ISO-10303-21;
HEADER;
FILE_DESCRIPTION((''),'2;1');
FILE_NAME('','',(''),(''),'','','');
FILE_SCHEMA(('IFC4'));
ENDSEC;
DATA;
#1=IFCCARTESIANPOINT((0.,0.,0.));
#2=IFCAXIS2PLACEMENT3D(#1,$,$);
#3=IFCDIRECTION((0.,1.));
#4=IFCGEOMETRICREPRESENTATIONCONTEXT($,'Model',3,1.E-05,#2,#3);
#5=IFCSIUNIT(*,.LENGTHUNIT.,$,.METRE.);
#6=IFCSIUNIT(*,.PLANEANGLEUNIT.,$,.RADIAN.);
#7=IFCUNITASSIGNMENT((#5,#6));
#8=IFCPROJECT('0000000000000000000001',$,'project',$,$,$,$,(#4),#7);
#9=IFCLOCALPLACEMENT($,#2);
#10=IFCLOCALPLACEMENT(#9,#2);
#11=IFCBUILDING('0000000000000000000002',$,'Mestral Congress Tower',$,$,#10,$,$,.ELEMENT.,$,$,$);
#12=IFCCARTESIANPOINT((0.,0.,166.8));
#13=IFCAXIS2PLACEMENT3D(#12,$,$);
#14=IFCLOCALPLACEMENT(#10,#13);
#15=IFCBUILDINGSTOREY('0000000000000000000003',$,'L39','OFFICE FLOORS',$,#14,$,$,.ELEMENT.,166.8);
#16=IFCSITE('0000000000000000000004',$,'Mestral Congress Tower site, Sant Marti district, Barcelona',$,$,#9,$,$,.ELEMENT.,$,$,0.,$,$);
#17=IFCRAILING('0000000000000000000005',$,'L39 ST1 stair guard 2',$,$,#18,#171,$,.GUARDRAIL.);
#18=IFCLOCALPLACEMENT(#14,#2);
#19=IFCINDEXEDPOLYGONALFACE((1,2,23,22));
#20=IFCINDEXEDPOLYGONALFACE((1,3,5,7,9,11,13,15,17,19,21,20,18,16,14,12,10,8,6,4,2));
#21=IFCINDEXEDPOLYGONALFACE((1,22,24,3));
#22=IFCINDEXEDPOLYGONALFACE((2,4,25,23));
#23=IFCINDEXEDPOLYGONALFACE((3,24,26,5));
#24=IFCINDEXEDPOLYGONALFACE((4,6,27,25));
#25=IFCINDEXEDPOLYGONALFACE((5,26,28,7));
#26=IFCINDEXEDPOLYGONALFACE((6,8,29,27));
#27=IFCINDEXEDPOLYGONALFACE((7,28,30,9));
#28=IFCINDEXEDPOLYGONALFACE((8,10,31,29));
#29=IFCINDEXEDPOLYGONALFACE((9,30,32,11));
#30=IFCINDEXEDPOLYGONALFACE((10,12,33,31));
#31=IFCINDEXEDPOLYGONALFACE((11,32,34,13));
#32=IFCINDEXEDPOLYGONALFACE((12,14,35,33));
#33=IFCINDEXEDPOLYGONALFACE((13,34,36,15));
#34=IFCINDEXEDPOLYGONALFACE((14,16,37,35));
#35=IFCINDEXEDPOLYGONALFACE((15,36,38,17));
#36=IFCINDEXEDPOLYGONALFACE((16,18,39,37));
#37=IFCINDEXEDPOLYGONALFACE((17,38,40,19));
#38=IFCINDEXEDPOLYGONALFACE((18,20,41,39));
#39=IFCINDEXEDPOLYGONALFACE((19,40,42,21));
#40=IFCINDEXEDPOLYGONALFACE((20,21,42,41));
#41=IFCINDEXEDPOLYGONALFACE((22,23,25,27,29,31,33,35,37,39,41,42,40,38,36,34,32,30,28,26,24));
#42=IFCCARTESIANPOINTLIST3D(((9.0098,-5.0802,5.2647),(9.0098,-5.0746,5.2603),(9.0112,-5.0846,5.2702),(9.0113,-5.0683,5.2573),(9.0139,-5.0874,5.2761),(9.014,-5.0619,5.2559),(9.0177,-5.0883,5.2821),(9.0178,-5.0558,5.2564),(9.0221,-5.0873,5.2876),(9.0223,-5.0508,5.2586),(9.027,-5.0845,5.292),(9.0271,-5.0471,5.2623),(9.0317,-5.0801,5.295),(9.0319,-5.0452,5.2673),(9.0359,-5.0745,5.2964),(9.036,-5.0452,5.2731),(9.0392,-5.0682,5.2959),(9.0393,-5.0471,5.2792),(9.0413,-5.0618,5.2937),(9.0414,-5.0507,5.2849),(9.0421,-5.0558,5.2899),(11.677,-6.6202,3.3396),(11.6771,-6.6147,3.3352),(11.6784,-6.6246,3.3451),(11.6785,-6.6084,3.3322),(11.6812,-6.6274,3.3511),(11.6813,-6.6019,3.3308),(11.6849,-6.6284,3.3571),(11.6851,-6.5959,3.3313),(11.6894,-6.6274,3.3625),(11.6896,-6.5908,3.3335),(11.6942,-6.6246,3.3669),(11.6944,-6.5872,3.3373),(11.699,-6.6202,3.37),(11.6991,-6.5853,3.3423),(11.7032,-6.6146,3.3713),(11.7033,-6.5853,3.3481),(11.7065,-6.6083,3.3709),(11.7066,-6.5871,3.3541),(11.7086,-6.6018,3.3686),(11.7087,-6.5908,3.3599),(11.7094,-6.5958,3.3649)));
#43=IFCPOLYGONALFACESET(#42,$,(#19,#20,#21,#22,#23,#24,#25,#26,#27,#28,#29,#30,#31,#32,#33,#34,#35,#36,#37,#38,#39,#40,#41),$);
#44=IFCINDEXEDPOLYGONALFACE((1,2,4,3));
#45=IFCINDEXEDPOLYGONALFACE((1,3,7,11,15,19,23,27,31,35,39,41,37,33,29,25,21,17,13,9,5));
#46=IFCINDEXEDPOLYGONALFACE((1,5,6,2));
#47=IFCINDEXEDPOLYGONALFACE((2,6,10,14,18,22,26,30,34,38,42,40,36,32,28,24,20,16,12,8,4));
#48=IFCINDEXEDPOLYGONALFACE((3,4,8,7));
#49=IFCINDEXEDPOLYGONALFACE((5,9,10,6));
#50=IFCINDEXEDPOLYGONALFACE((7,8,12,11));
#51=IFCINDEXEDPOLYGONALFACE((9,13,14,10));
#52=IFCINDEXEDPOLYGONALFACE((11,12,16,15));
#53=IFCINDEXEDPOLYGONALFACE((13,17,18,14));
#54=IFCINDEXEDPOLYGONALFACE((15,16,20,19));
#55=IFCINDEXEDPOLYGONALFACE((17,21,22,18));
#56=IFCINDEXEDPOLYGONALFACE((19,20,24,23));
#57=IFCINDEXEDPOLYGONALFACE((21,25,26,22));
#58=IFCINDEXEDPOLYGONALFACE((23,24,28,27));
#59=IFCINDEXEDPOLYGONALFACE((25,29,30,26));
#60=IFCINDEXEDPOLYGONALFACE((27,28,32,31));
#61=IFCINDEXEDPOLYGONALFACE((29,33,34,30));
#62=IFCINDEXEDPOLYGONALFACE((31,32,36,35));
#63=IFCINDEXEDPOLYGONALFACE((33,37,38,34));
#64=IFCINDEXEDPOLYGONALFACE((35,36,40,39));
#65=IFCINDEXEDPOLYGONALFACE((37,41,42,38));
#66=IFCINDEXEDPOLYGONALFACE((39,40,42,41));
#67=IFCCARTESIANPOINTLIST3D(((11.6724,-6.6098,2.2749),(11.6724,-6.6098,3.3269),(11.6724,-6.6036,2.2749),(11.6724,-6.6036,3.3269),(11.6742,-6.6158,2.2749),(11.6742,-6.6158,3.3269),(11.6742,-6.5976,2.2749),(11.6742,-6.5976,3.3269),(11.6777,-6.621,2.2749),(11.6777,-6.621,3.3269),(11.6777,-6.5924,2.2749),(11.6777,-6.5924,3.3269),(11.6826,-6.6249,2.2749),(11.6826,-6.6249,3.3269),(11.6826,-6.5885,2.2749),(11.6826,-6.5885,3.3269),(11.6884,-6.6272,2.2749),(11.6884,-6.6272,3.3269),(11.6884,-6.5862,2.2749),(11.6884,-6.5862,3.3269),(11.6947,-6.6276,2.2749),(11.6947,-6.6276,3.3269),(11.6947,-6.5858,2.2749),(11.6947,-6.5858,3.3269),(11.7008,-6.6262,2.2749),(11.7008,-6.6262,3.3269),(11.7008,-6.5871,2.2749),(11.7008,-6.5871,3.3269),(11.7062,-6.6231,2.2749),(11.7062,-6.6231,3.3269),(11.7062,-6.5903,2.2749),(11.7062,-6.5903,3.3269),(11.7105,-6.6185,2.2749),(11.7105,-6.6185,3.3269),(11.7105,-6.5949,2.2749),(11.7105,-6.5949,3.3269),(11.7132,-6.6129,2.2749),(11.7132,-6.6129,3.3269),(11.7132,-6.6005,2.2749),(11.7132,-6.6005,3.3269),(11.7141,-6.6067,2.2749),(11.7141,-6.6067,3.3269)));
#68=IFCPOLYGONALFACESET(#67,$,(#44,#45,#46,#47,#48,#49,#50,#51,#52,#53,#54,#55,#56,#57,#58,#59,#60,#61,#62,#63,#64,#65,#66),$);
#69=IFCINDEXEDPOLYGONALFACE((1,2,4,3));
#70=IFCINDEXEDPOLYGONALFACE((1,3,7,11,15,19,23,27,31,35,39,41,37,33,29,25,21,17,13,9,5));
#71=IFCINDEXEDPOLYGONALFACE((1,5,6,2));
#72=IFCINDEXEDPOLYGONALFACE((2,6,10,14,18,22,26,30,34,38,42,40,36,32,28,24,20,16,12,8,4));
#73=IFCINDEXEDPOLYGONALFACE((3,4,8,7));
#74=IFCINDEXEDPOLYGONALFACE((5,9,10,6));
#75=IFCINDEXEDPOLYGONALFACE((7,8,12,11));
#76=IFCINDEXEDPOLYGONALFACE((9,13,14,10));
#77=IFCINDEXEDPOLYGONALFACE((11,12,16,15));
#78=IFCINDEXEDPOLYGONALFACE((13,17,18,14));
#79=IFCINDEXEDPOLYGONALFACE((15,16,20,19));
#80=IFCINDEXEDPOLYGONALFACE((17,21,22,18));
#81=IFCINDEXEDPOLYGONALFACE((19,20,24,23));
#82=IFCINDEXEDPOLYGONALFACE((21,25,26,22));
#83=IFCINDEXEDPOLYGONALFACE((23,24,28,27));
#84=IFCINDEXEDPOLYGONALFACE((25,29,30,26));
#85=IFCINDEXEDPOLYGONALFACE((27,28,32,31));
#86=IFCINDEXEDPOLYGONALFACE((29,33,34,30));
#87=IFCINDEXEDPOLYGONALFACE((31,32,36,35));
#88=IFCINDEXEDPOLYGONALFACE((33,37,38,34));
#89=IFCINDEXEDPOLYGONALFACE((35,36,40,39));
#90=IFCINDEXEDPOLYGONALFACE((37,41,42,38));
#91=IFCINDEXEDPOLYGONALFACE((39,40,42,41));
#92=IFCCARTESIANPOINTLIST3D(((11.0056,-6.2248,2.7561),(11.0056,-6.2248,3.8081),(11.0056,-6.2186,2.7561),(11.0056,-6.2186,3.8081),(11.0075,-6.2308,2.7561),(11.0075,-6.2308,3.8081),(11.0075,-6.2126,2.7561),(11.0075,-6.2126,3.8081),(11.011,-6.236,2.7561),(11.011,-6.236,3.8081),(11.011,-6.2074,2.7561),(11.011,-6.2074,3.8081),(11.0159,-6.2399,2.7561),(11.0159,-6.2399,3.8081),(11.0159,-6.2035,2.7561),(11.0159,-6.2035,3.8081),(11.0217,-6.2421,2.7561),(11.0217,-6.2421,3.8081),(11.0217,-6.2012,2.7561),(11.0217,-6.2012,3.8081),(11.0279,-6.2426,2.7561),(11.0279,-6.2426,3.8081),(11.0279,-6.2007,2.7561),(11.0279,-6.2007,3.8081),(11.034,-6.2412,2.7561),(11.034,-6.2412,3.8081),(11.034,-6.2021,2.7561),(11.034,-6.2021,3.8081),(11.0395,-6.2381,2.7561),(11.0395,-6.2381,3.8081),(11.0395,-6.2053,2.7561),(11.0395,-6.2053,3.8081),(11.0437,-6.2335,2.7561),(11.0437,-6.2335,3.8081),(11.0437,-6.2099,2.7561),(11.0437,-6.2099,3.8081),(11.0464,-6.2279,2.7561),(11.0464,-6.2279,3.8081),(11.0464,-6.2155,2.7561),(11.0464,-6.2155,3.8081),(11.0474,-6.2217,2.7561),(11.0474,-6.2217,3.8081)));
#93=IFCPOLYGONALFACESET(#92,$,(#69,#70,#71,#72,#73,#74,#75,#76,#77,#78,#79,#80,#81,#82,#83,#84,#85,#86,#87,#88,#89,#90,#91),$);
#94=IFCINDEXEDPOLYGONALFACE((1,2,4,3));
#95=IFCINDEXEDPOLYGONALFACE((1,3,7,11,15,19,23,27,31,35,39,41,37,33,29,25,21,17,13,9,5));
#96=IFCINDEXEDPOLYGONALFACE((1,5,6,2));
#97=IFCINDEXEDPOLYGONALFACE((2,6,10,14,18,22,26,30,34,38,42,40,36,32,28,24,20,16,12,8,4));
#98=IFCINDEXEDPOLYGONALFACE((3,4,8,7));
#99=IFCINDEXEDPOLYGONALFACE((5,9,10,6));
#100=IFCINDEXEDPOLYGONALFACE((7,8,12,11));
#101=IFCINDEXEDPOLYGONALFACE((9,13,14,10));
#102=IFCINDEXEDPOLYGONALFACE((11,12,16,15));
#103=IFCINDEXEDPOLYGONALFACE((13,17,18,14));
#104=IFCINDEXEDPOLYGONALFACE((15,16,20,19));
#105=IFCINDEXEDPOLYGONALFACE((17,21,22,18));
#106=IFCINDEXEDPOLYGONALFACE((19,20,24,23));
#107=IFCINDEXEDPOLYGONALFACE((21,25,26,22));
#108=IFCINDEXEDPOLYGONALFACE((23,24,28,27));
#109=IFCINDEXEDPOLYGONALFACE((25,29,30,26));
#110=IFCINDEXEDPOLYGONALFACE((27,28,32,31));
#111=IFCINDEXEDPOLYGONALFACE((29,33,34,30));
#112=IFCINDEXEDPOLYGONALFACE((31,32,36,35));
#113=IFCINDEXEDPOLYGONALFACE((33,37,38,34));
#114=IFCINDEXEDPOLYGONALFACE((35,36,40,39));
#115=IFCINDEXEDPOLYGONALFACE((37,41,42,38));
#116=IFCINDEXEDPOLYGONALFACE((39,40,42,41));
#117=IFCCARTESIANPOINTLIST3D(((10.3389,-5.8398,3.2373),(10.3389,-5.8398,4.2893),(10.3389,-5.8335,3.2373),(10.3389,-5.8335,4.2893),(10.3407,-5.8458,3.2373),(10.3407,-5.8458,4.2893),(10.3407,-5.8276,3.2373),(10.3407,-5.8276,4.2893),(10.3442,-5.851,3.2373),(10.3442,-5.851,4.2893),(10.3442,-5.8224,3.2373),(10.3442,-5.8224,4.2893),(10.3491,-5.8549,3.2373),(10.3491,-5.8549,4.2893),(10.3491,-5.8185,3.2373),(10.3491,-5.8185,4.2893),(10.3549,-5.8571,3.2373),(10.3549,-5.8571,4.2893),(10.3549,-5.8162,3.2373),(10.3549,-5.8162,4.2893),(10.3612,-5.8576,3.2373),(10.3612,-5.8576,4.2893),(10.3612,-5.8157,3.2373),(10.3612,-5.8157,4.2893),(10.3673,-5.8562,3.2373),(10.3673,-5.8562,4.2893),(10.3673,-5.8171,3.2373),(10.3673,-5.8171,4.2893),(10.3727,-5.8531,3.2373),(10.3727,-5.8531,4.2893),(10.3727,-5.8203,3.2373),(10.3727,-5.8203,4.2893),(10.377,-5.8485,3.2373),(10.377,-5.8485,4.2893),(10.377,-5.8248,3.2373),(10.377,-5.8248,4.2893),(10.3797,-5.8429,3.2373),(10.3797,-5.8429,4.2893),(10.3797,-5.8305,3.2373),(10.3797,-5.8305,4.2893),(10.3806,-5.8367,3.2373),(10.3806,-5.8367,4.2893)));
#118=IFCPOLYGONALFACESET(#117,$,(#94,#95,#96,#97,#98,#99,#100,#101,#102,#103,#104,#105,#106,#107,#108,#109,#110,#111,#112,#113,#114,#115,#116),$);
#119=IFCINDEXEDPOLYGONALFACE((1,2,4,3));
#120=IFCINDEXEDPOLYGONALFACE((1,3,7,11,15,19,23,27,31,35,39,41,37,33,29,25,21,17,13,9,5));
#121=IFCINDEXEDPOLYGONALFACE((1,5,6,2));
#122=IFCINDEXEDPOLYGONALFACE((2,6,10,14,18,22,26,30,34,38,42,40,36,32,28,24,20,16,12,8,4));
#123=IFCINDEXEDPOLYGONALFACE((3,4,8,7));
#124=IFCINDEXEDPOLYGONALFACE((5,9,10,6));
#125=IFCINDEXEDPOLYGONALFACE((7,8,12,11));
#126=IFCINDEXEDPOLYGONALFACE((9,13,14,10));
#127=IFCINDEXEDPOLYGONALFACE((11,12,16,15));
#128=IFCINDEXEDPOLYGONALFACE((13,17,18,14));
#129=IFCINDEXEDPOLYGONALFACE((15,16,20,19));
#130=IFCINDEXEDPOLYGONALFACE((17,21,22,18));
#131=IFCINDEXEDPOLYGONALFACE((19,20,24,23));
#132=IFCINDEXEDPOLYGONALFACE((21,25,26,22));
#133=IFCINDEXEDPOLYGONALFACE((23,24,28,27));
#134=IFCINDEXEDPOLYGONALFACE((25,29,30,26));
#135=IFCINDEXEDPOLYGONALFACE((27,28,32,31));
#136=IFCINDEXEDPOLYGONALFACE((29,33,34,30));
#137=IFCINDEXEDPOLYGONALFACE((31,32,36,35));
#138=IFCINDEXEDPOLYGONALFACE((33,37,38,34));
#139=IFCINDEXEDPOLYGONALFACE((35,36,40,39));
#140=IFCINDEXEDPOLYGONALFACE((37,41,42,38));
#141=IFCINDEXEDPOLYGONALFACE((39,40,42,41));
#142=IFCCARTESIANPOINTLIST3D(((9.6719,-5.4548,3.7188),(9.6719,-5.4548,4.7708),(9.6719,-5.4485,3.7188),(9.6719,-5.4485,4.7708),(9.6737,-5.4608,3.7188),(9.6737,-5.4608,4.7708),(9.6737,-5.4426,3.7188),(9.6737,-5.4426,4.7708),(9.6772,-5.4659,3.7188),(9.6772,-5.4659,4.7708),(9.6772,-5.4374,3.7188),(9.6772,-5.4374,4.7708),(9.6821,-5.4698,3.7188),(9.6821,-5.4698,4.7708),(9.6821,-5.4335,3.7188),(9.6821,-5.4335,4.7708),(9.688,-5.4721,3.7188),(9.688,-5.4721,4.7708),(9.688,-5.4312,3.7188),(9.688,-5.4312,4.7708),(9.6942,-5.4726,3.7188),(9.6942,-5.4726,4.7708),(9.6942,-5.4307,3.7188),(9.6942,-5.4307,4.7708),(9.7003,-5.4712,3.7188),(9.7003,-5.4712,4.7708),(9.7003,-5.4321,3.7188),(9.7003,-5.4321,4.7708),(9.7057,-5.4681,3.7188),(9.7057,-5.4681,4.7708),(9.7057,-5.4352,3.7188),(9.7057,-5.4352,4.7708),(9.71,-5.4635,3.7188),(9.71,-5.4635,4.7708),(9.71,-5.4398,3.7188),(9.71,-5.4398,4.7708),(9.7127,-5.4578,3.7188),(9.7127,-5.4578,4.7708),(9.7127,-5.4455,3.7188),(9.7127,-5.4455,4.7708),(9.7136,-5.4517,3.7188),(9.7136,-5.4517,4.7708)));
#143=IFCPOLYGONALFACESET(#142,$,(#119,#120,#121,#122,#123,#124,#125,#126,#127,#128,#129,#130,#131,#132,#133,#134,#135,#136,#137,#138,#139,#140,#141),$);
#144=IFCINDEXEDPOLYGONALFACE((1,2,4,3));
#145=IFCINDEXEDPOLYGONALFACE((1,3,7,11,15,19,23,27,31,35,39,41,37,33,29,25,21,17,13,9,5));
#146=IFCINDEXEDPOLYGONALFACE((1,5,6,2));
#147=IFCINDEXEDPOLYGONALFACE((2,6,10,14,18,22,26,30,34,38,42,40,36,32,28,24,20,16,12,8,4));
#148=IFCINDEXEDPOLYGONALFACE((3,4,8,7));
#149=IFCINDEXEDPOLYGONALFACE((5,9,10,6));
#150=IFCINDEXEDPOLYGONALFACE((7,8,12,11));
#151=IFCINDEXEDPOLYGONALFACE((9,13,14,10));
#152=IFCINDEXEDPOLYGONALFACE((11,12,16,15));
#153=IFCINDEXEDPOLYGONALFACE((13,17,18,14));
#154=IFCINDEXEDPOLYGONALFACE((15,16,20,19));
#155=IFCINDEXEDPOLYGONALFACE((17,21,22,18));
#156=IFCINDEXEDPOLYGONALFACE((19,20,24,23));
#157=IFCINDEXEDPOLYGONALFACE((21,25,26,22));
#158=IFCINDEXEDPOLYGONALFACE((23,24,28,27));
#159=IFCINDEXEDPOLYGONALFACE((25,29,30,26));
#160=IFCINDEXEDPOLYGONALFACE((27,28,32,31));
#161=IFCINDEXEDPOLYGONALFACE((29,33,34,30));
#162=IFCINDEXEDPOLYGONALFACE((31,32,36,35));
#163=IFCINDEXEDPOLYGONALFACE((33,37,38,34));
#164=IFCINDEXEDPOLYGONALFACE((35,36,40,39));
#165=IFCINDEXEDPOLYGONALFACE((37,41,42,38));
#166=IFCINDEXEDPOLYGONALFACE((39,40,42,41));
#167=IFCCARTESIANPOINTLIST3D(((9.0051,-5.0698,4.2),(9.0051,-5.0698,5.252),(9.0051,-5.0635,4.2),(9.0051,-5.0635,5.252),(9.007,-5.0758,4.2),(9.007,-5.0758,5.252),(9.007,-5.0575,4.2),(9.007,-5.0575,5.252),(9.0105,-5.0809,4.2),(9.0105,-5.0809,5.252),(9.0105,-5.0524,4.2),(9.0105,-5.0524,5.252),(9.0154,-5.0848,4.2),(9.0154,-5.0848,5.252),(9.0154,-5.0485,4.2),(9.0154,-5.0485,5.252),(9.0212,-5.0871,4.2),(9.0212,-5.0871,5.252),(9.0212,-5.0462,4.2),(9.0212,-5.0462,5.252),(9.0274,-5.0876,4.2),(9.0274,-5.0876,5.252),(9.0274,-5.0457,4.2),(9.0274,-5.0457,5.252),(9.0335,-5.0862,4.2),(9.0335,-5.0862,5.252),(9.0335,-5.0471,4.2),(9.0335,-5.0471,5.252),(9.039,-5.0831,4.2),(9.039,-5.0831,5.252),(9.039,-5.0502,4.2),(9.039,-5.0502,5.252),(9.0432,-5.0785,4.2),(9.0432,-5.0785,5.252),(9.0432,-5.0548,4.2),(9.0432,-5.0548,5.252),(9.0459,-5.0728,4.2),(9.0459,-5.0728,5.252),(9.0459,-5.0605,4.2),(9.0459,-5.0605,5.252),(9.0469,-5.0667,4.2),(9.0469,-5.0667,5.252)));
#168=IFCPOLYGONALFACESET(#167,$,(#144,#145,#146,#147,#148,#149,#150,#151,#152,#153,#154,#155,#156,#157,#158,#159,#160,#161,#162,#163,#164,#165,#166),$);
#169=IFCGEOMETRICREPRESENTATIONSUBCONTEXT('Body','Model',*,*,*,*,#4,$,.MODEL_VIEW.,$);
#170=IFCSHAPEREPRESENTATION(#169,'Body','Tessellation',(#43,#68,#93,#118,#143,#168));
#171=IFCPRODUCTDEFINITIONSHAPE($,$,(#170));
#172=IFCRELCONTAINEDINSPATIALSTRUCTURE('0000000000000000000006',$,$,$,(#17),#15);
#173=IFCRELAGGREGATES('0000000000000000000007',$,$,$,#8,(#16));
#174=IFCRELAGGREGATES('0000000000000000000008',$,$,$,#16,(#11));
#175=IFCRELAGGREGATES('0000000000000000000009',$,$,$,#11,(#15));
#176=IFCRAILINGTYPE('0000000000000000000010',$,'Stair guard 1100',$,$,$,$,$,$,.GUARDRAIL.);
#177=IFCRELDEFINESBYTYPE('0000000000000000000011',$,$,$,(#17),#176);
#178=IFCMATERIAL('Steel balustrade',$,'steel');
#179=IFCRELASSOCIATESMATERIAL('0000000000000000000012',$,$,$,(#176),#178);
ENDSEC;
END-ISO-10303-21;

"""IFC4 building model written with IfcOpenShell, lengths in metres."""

from ifc_helpers import new_model, si_unit, direction, frame, origin, origin_2d, place, context, subcontext, project, spatial, circle, extrude, material, type_object, element, save


model = new_model("IFC4")

# Units and contexts
model_context = context("Model", 3, precision=1e-05, world=origin(), true_north=direction((0.0, 1.0)))
body_context = subcontext(model_context, "Body", "Model", "MODEL_VIEW")
ifc_project = project(units=[si_unit("LENGTHUNIT", "METRE"), si_unit("PLANEANGLEUNIT", "RADIAN")], contexts=[model_context])

# Site, building, storey
site_placement = place(None, origin())
site = spatial("IfcSite", under=ifc_project, at=site_placement, Name="Mestral Congress Tower site, Sant Marti district, Barcelona", CompositionType="ELEMENT", RefElevation=0.0)
building_placement = place(site_placement, origin())
building = spatial("IfcBuilding", under=site, at=building_placement, Name="Mestral Congress Tower", CompositionType="ELEMENT")
storey_placement = place(building_placement, frame((0.0, 0.0, 166.8)))
storey = spatial("IfcBuildingStorey", under=building, at=storey_placement, Name="L39", Description="OFFICE FLOORS", CompositionType="ELEMENT", Elevation=166.8)

# Railing
ifc_material_1 = material(Name="Steel balustrade", Category="steel")
railing_type_1 = type_object("IfcRailingType", Name="Stair guard 1100", PredefinedType="GUARDRAIL", material=ifc_material_1)
railing_1_placement = place(storey_placement, frame((11.6931, -6.6067, 2.2749)))
element("IfcRailing", 1, at=railing_1_placement, inside=storey, type_object=railing_type_1, Name="L39 ST1 stair guard 2", PredefinedType="GUARDRAIL", context=body_context, shape_type="SweptSolid", body=[
    extrude(circle(Radius=0.0239, at=origin_2d()), frame((0.0, 0.0, 1.0762), z_axis=(-0.734364, 0.424015, 0.530019), x_axis=(-0.500027, -0.86601, 0.0)), (0.0, 0.0, 1.0), 3.6321),
    extrude(circle(Radius=0.021, at=origin_2d()), origin(), (0.0, 0.0, 1.0), 1.052),
    extrude(circle(Radius=0.021, at=origin_2d()), frame((-0.6667, 0.385, 0.4812)), (0.0, 0.0, 1.0), 1.052),
    extrude(circle(Radius=0.021, at=origin_2d()), frame((-1.3335, 0.77, 0.9624)), (0.0, 0.0, 1.0), 1.052),
    extrude(circle(Radius=0.021, at=origin_2d()), frame((-2.0005, 1.155, 1.4438)), (0.0, 0.0, 1.0), 1.052),
    extrude(circle(Radius=0.021, at=origin_2d()), frame((-2.6672, 1.54, 1.925)), (0.0, 0.0, 1.0), 1.052),
])

save(model, "model.ifc")
